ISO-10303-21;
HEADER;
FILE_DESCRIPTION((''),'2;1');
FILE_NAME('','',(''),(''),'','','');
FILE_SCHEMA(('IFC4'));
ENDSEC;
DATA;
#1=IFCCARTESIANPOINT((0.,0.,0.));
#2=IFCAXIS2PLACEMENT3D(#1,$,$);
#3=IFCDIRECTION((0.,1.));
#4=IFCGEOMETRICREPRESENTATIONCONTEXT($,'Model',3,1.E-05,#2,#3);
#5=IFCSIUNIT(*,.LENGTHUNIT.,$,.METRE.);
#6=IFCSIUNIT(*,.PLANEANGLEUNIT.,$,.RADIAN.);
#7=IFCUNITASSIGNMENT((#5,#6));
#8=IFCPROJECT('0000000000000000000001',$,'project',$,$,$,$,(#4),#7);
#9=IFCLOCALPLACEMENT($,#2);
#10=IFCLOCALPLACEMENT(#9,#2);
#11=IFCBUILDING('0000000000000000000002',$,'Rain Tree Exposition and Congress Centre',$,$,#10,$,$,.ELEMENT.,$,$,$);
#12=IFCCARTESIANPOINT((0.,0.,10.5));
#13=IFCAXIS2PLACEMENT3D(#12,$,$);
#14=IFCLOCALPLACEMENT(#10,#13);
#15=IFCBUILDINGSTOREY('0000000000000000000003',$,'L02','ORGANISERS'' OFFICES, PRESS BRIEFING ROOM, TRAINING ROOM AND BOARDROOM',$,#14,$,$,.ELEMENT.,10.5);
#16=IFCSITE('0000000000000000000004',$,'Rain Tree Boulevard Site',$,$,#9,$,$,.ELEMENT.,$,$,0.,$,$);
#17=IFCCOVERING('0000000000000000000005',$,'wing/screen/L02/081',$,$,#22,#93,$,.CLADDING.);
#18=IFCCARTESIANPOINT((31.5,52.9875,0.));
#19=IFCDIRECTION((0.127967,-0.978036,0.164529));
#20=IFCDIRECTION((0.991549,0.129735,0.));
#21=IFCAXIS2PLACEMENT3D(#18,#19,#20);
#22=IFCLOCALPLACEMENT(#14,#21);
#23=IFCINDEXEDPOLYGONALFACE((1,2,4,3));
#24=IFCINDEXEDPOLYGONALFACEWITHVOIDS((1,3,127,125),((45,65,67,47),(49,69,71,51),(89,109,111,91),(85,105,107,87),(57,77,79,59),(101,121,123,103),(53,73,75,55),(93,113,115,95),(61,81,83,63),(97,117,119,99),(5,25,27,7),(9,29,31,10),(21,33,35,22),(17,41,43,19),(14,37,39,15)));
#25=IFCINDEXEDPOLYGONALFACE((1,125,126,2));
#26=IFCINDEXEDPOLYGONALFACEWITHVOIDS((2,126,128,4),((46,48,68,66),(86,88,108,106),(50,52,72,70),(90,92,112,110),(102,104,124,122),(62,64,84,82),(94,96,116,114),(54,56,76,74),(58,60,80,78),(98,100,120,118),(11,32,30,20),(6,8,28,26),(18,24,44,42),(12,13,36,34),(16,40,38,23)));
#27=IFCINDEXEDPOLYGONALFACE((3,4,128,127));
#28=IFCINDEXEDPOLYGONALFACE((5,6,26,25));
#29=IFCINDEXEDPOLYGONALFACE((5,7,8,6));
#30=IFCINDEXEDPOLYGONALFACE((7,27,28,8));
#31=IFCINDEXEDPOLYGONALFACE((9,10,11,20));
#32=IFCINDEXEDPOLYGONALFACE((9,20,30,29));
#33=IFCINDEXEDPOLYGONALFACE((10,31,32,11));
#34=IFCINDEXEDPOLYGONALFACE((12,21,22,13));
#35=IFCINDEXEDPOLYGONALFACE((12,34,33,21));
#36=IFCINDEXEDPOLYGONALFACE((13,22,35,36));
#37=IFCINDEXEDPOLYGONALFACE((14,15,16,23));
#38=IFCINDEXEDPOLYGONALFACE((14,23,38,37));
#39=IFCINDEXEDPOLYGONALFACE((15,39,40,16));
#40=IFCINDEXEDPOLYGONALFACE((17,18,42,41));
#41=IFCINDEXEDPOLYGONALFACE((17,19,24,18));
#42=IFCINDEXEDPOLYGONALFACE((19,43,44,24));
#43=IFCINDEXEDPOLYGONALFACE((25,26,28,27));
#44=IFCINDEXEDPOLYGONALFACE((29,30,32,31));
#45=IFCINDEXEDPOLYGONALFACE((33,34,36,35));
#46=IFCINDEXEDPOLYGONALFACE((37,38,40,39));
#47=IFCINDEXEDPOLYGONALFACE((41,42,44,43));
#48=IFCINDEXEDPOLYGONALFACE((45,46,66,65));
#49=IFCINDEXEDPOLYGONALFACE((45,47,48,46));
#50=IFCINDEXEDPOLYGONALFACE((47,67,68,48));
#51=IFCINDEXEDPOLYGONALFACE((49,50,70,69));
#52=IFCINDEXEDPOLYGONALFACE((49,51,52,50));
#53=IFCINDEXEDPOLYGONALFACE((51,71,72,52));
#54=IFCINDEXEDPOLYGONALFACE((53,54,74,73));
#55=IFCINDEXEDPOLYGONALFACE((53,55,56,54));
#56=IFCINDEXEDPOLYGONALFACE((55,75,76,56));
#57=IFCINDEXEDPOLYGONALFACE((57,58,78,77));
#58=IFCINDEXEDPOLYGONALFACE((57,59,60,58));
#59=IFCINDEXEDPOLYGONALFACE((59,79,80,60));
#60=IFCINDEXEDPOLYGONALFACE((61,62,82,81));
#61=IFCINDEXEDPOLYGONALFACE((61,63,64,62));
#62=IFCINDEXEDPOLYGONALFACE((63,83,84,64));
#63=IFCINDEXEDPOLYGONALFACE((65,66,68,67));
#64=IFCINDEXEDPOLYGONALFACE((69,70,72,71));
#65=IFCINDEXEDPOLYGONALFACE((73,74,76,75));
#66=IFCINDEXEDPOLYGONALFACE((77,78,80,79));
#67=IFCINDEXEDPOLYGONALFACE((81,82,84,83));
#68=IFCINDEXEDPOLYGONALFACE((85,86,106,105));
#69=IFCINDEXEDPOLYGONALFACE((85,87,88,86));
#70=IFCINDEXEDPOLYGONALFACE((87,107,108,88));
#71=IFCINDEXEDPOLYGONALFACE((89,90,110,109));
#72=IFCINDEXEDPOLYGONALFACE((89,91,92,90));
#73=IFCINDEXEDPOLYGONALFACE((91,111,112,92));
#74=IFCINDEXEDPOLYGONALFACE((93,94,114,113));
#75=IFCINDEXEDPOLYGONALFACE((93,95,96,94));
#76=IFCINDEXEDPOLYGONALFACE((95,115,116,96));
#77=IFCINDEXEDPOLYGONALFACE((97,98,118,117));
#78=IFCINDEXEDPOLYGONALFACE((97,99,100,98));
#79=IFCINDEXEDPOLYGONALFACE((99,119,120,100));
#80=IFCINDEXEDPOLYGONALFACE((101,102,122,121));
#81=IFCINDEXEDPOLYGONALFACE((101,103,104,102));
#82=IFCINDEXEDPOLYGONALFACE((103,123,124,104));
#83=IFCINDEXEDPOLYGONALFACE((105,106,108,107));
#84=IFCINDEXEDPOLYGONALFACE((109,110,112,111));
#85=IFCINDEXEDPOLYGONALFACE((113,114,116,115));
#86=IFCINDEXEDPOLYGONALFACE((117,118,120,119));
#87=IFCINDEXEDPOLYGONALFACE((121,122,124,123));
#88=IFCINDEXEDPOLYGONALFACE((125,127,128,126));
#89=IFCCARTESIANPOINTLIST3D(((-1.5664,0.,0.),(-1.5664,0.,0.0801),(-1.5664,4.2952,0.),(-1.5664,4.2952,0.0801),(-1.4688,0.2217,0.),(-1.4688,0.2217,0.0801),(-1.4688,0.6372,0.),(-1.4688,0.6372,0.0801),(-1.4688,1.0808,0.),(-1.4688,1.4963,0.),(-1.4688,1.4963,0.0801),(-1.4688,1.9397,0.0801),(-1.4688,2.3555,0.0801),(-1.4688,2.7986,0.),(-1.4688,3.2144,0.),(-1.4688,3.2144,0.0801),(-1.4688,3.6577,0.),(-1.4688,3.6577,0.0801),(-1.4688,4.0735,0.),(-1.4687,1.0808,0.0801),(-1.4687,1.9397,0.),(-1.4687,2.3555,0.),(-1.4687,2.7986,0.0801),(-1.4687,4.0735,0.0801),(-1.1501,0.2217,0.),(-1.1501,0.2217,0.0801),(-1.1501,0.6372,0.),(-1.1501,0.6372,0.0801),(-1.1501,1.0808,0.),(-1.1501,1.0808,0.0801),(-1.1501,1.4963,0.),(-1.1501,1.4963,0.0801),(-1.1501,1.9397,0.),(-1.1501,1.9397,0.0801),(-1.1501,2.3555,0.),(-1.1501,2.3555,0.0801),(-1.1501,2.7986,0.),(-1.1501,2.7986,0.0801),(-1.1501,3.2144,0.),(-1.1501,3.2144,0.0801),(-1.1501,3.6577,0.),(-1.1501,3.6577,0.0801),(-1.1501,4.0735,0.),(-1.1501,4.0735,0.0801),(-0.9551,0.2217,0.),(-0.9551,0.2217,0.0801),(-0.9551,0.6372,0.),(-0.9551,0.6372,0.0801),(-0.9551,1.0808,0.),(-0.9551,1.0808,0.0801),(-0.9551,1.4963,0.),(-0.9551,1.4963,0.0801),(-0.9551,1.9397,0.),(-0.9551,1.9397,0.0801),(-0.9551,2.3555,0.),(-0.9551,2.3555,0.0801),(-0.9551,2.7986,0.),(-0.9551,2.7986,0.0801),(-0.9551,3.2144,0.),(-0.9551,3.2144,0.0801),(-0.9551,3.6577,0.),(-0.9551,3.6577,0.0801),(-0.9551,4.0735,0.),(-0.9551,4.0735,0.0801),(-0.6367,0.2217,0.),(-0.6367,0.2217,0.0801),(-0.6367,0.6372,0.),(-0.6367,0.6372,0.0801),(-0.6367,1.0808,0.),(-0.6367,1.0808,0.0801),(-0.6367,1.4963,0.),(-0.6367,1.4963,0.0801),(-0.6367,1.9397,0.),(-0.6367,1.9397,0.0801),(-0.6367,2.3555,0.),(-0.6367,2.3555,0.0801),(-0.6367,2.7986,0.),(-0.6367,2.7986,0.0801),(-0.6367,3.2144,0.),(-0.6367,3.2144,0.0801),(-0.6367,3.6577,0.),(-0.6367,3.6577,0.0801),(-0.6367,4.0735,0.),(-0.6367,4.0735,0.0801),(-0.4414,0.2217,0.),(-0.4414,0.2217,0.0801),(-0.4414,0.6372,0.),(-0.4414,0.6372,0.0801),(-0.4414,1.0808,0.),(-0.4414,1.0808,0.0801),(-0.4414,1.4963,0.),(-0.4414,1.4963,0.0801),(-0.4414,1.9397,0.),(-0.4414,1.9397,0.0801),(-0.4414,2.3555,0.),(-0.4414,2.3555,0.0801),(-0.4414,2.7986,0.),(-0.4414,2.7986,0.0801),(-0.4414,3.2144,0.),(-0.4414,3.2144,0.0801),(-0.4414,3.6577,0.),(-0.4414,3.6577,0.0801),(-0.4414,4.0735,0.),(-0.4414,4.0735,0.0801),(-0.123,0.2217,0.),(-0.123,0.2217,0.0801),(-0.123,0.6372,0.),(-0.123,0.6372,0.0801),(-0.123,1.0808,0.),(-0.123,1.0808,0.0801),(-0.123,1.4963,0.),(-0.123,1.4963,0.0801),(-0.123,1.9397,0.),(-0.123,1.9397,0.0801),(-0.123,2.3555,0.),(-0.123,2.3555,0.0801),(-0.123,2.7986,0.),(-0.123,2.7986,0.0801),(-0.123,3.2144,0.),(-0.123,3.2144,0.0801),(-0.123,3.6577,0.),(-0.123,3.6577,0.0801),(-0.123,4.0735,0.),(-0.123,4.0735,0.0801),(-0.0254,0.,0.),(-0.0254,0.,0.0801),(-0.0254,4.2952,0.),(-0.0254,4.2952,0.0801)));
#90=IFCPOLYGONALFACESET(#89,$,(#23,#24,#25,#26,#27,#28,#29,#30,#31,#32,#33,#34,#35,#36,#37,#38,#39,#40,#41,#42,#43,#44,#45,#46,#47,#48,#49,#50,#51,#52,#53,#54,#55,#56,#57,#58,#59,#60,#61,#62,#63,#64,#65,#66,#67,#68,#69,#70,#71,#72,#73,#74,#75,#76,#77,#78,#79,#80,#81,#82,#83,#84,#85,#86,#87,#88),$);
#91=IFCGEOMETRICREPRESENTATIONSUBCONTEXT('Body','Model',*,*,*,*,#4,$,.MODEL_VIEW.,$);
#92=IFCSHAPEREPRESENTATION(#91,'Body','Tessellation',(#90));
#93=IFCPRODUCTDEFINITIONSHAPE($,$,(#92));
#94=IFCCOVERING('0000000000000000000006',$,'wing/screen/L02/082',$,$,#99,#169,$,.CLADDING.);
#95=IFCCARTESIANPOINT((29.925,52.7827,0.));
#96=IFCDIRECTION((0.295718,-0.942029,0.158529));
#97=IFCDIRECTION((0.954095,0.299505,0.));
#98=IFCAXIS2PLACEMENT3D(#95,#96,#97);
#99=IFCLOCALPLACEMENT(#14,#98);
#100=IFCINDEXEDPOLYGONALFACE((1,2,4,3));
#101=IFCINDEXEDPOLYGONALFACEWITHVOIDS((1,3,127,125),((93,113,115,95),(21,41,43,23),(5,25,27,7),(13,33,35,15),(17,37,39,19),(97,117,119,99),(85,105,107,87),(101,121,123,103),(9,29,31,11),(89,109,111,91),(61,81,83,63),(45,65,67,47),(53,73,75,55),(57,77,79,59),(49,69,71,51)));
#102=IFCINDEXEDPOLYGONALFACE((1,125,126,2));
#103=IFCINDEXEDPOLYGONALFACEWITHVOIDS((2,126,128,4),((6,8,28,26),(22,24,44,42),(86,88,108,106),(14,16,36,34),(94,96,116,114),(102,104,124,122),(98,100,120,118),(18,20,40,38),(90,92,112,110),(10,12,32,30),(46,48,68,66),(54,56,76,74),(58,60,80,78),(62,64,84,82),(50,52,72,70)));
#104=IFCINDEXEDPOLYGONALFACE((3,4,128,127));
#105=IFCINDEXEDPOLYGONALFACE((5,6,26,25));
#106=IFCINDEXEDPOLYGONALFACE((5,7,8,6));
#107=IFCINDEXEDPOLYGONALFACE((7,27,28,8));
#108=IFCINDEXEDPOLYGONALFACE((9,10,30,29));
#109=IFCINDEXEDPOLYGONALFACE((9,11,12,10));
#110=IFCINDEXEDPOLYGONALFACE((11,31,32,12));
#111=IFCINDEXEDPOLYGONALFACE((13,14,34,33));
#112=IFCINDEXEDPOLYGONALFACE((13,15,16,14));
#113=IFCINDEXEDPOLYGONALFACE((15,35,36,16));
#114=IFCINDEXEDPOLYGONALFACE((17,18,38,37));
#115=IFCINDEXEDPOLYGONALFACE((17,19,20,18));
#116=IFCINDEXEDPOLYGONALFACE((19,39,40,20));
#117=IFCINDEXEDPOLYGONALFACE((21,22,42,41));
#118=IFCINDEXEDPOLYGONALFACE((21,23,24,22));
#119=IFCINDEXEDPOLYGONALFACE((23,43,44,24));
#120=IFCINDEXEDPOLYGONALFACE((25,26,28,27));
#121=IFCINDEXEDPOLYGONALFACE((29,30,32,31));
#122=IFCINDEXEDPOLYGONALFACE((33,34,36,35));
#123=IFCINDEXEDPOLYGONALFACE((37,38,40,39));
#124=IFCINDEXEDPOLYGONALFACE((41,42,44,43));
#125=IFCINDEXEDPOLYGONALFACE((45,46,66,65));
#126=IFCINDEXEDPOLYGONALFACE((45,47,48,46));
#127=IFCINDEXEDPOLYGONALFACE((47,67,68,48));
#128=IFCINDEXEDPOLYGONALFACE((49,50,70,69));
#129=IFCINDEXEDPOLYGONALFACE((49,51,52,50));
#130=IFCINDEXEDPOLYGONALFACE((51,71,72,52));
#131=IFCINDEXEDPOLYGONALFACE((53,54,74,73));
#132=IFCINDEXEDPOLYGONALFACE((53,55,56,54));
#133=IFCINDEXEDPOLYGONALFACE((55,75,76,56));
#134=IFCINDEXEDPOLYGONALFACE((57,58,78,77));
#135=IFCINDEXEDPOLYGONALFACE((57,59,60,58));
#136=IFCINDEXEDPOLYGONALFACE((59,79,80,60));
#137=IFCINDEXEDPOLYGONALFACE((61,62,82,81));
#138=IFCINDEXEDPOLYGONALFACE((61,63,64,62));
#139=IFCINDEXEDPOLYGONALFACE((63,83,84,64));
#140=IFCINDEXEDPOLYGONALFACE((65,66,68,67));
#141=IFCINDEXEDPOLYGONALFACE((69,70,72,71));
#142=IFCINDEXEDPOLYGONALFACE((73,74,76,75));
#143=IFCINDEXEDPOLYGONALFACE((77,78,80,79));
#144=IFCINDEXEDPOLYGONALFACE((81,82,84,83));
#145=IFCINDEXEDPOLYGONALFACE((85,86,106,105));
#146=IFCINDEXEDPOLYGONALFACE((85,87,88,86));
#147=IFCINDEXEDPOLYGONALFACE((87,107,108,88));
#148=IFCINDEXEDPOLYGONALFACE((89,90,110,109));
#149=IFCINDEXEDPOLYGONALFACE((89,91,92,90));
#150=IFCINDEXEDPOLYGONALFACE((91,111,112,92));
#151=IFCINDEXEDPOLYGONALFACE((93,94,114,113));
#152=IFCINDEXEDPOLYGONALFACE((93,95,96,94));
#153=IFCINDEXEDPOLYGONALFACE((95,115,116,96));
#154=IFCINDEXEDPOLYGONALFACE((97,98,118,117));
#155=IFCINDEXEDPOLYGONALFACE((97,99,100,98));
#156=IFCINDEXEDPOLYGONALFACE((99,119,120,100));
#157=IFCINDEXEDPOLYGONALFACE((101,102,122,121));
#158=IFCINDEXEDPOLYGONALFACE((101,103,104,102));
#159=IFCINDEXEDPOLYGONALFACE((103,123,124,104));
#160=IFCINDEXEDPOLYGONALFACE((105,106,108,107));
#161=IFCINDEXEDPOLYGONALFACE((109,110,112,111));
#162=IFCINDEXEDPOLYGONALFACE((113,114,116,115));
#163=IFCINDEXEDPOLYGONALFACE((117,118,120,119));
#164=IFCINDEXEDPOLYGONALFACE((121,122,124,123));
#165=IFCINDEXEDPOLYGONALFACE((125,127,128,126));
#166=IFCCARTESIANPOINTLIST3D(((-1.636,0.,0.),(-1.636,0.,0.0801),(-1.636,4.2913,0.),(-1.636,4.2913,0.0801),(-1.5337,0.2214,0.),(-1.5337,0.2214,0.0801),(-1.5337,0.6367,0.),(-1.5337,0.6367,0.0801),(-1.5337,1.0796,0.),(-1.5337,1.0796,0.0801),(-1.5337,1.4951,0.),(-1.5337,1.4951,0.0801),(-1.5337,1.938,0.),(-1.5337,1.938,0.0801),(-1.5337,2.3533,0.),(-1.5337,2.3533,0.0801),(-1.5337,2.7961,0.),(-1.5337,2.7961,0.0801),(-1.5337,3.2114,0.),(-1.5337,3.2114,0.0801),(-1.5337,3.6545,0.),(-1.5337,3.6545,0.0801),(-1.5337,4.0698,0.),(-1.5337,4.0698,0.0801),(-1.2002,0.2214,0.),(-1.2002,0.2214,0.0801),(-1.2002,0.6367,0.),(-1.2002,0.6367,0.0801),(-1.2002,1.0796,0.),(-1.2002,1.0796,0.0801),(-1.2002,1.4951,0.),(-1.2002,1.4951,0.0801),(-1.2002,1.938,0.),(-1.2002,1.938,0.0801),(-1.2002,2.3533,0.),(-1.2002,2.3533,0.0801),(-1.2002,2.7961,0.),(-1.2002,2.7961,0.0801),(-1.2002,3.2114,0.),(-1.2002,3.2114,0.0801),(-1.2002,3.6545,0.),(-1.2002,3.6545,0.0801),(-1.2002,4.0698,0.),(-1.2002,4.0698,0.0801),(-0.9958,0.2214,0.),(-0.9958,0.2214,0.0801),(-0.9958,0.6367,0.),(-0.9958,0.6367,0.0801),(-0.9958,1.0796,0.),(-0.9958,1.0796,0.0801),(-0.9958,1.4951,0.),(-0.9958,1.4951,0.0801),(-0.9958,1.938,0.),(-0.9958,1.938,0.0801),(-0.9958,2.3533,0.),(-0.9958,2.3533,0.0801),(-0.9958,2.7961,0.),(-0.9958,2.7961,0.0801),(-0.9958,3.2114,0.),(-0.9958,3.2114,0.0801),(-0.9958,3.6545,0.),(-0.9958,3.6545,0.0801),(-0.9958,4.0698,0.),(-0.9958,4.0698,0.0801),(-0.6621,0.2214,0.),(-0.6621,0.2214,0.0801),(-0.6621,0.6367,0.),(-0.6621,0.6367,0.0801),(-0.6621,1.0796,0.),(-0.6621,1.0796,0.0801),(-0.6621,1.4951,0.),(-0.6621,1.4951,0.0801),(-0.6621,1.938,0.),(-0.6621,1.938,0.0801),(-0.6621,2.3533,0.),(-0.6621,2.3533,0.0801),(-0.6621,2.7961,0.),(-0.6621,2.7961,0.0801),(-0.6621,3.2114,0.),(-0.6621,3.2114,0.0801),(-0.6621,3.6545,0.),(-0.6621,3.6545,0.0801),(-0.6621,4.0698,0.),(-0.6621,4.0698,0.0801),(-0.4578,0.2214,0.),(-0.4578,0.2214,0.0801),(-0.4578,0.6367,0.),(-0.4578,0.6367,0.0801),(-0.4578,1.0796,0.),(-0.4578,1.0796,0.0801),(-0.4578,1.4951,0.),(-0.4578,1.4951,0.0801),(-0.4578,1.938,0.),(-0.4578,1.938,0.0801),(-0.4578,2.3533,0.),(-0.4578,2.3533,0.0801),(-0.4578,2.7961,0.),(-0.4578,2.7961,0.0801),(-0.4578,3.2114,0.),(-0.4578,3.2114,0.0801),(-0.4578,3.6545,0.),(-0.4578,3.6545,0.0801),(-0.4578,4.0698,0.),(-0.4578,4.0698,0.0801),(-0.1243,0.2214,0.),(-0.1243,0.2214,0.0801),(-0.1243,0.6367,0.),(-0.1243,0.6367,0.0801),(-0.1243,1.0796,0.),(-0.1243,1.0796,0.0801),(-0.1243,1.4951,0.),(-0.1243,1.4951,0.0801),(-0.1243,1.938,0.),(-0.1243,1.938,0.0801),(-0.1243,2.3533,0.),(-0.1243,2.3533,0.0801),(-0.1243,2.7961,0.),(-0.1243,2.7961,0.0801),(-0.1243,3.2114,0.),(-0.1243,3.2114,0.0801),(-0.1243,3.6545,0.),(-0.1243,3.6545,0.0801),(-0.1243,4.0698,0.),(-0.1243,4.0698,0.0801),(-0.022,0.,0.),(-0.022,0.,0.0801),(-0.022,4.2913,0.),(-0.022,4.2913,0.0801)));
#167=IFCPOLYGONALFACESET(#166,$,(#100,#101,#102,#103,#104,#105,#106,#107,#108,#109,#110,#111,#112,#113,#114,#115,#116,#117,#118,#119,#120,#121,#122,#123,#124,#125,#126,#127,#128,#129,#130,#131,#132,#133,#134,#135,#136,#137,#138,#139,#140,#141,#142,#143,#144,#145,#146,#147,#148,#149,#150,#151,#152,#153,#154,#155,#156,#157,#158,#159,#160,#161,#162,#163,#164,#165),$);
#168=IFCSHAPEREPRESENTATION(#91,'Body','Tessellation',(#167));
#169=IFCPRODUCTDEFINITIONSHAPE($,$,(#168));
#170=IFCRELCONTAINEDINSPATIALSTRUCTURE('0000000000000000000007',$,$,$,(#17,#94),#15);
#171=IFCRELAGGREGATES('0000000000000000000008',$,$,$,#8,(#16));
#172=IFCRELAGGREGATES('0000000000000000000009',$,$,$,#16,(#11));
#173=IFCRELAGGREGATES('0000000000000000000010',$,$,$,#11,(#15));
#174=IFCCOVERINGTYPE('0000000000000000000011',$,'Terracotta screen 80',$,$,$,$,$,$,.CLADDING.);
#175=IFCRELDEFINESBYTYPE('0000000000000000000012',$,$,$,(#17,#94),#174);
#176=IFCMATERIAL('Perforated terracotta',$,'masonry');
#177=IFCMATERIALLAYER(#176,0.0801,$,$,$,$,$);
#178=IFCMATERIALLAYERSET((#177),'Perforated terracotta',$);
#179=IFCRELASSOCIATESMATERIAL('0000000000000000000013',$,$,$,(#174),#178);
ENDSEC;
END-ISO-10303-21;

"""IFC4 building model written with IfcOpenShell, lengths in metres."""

from ifc_helpers import new_model, si_unit, direction, frame, origin, place, context, subcontext, project, spatial, polyline, outline, extrude, material, layer, layer_set, type_object, element, save


model = new_model("IFC4")

# Units and contexts
model_context = context("Model", 3, precision=1e-05, world=origin(), true_north=direction((0.0, 1.0)))
body_context = subcontext(model_context, "Body", "Model", "MODEL_VIEW")
ifc_project = project(units=[si_unit("LENGTHUNIT", "METRE"), si_unit("PLANEANGLEUNIT", "RADIAN")], contexts=[model_context])

# Site, building, storey
site_placement = place(None, origin())
site = spatial("IfcSite", under=ifc_project, at=site_placement, Name="Rain Tree Boulevard Site", CompositionType="ELEMENT", RefElevation=0.0)
building_placement = place(site_placement, origin())
building = spatial("IfcBuilding", under=site, at=building_placement, Name="Rain Tree Exposition and Congress Centre", CompositionType="ELEMENT")
storey_placement = place(building_placement, frame((0.0, 0.0, 10.5)))
storey = spatial("IfcBuildingStorey", under=building, at=storey_placement, Name="L02", Description="ORGANISERS' OFFICES, PRESS BRIEFING ROOM, TRAINING ROOM AND BOARDROOM", CompositionType="ELEMENT", Elevation=10.5)

# Coverings
ifc_material_1 = material(Name="Perforated terracotta", Category="masonry")
ifc_layer_1 = layer(ifc_material_1, 0.0801)
ifc_layer_set_1 = layer_set([ifc_layer_1], Name="Perforated terracotta")
covering_type = type_object("IfcCoveringType", Name="Terracotta screen 80", PredefinedType="CLADDING", material=ifc_layer_set_1)
covering_1_placement = place(storey_placement, frame((31.5, 52.9875, 0.0), z_axis=(0.127967, -0.978036, 0.164529), x_axis=(0.991549, 0.129735, 0.0)))
element("IfcCovering", 1, at=covering_1_placement, inside=storey, type_object=covering_type, Name="wing/screen/L02/081", PredefinedType="CLADDING", context=body_context, shape_type="SweptSolid", body=[
    extrude(outline(polyline([(-1.5664, 0.0), (-1.5664, 4.2952), (-0.0254, 4.2952), (-0.0254, 0.0), (-1.5664, 0.0)]), holes=[polyline([(-0.123, 0.2217), (-0.123, 0.6372), (-0.4414, 0.6372), (-0.4414, 0.2217), (-0.123, 0.2217)]), polyline([(-0.123, 1.0808), (-0.123, 1.4963), (-0.4414, 1.4963), (-0.4414, 1.0808), (-0.123, 1.0808)]), polyline([(-0.123, 1.9397), (-0.123, 2.3555), (-0.4414, 2.3555), (-0.4414, 1.9397), (-0.123, 1.9397)]), polyline([(-0.123, 2.7986), (-0.123, 3.2144), (-0.4414, 3.2144), (-0.4414, 2.7986), (-0.123, 2.7986)]), polyline([(-0.123, 3.6577), (-0.123, 4.0735), (-0.4414, 4.0735), (-0.4414, 3.6577), (-0.123, 3.6577)]), polyline([(-0.6367, 0.2217), (-0.6367, 0.6372), (-0.9551, 0.6372), (-0.9551, 0.2217), (-0.6367, 0.2217)]), polyline([(-0.6367, 1.0808), (-0.6367, 1.4963), (-0.9551, 1.4963), (-0.9551, 1.0808), (-0.6367, 1.0808)]), polyline([(-0.6367, 1.9397), (-0.6367, 2.3555), (-0.9551, 2.3555), (-0.9551, 1.9397), (-0.6367, 1.9397)]), polyline([(-0.6367, 2.7986), (-0.6367, 3.2144), (-0.9551, 3.2144), (-0.9551, 2.7986), (-0.6367, 2.7986)]), polyline([(-0.6367, 3.6577), (-0.6367, 4.0735), (-0.9551, 4.0735), (-0.9551, 3.6577), (-0.6367, 3.6577)]), polyline([(-1.1501, 0.2217), (-1.1501, 0.6372), (-1.4688, 0.6372), (-1.4688, 0.2217), (-1.1501, 0.2217)]), polyline([(-1.1501, 1.0808), (-1.1501, 1.4963), (-1.4688, 1.4963), (-1.4688, 1.0808), (-1.1501, 1.0808)]), polyline([(-1.1501, 1.9397), (-1.1501, 2.3555), (-1.4688, 2.3555), (-1.4688, 1.9397), (-1.1501, 1.9397)]), polyline([(-1.1501, 2.7986), (-1.1501, 3.2144), (-1.4688, 3.2144), (-1.4688, 2.7986), (-1.1501, 2.7986)]), polyline([(-1.1501, 3.6577), (-1.1501, 4.0735), (-1.4688, 4.0735), (-1.4688, 3.6577), (-1.1501, 3.6577)])]), origin(), (0.0, 0.0, 1.0), 0.0801),
])
covering_2_placement = place(storey_placement, frame((29.925, 52.7827, 0.0), z_axis=(0.295718, -0.942029, 0.158529), x_axis=(0.954095, 0.299505, 0.0)))
element("IfcCovering", 2, at=covering_2_placement, inside=storey, type_object=covering_type, Name="wing/screen/L02/082", PredefinedType="CLADDING", context=body_context, shape_type="SweptSolid", body=[
    extrude(outline(polyline([(-1.636, 0.0), (-1.636, 4.2913), (-0.022, 4.2913), (-0.022, 0.0), (-1.636, 0.0)]), holes=[polyline([(-0.1243, 0.2214), (-0.1243, 0.6367), (-0.4578, 0.6367), (-0.4578, 0.2214), (-0.1243, 0.2214)]), polyline([(-0.1243, 1.0796), (-0.1243, 1.4951), (-0.4578, 1.4951), (-0.4578, 1.0796), (-0.1243, 1.0796)]), polyline([(-0.1243, 1.938), (-0.1243, 2.3533), (-0.4578, 2.3533), (-0.4578, 1.938), (-0.1243, 1.938)]), polyline([(-0.1243, 2.7961), (-0.1243, 3.2114), (-0.4578, 3.2114), (-0.4578, 2.7961), (-0.1243, 2.7961)]), polyline([(-0.1243, 3.6545), (-0.1243, 4.0698), (-0.4578, 4.0698), (-0.4578, 3.6545), (-0.1243, 3.6545)]), polyline([(-0.6621, 0.2214), (-0.6621, 0.6367), (-0.9958, 0.6367), (-0.9958, 0.2214), (-0.6621, 0.2214)]), polyline([(-0.6621, 1.0796), (-0.6621, 1.4951), (-0.9958, 1.4951), (-0.9958, 1.0796), (-0.6621, 1.0796)]), polyline([(-0.6621, 1.938), (-0.6621, 2.3533), (-0.9958, 2.3533), (-0.9958, 1.938), (-0.6621, 1.938)]), polyline([(-0.6621, 2.7961), (-0.6621, 3.2114), (-0.9958, 3.2114), (-0.9958, 2.7961), (-0.6621, 2.7961)]), polyline([(-0.6621, 3.6545), (-0.6621, 4.0698), (-0.9958, 4.0698), (-0.9958, 3.6545), (-0.6621, 3.6545)]), polyline([(-1.2002, 0.2214), (-1.2002, 0.6367), (-1.5337, 0.6367), (-1.5337, 0.2214), (-1.2002, 0.2214)]), polyline([(-1.2002, 1.0796), (-1.2002, 1.4951), (-1.5337, 1.4951), (-1.5337, 1.0796), (-1.2002, 1.0796)]), polyline([(-1.2002, 1.938), (-1.2002, 2.3533), (-1.5337, 2.3533), (-1.5337, 1.938), (-1.2002, 1.938)]), polyline([(-1.2002, 2.7961), (-1.2002, 3.2114), (-1.5337, 3.2114), (-1.5337, 2.7961), (-1.2002, 2.7961)]), polyline([(-1.2002, 3.6545), (-1.2002, 4.0698), (-1.5337, 4.0698), (-1.5337, 3.6545), (-1.2002, 3.6545)])]), origin(), (0.0, 0.0, 1.0), 0.0801),
])

save(model, "model.ifc")
